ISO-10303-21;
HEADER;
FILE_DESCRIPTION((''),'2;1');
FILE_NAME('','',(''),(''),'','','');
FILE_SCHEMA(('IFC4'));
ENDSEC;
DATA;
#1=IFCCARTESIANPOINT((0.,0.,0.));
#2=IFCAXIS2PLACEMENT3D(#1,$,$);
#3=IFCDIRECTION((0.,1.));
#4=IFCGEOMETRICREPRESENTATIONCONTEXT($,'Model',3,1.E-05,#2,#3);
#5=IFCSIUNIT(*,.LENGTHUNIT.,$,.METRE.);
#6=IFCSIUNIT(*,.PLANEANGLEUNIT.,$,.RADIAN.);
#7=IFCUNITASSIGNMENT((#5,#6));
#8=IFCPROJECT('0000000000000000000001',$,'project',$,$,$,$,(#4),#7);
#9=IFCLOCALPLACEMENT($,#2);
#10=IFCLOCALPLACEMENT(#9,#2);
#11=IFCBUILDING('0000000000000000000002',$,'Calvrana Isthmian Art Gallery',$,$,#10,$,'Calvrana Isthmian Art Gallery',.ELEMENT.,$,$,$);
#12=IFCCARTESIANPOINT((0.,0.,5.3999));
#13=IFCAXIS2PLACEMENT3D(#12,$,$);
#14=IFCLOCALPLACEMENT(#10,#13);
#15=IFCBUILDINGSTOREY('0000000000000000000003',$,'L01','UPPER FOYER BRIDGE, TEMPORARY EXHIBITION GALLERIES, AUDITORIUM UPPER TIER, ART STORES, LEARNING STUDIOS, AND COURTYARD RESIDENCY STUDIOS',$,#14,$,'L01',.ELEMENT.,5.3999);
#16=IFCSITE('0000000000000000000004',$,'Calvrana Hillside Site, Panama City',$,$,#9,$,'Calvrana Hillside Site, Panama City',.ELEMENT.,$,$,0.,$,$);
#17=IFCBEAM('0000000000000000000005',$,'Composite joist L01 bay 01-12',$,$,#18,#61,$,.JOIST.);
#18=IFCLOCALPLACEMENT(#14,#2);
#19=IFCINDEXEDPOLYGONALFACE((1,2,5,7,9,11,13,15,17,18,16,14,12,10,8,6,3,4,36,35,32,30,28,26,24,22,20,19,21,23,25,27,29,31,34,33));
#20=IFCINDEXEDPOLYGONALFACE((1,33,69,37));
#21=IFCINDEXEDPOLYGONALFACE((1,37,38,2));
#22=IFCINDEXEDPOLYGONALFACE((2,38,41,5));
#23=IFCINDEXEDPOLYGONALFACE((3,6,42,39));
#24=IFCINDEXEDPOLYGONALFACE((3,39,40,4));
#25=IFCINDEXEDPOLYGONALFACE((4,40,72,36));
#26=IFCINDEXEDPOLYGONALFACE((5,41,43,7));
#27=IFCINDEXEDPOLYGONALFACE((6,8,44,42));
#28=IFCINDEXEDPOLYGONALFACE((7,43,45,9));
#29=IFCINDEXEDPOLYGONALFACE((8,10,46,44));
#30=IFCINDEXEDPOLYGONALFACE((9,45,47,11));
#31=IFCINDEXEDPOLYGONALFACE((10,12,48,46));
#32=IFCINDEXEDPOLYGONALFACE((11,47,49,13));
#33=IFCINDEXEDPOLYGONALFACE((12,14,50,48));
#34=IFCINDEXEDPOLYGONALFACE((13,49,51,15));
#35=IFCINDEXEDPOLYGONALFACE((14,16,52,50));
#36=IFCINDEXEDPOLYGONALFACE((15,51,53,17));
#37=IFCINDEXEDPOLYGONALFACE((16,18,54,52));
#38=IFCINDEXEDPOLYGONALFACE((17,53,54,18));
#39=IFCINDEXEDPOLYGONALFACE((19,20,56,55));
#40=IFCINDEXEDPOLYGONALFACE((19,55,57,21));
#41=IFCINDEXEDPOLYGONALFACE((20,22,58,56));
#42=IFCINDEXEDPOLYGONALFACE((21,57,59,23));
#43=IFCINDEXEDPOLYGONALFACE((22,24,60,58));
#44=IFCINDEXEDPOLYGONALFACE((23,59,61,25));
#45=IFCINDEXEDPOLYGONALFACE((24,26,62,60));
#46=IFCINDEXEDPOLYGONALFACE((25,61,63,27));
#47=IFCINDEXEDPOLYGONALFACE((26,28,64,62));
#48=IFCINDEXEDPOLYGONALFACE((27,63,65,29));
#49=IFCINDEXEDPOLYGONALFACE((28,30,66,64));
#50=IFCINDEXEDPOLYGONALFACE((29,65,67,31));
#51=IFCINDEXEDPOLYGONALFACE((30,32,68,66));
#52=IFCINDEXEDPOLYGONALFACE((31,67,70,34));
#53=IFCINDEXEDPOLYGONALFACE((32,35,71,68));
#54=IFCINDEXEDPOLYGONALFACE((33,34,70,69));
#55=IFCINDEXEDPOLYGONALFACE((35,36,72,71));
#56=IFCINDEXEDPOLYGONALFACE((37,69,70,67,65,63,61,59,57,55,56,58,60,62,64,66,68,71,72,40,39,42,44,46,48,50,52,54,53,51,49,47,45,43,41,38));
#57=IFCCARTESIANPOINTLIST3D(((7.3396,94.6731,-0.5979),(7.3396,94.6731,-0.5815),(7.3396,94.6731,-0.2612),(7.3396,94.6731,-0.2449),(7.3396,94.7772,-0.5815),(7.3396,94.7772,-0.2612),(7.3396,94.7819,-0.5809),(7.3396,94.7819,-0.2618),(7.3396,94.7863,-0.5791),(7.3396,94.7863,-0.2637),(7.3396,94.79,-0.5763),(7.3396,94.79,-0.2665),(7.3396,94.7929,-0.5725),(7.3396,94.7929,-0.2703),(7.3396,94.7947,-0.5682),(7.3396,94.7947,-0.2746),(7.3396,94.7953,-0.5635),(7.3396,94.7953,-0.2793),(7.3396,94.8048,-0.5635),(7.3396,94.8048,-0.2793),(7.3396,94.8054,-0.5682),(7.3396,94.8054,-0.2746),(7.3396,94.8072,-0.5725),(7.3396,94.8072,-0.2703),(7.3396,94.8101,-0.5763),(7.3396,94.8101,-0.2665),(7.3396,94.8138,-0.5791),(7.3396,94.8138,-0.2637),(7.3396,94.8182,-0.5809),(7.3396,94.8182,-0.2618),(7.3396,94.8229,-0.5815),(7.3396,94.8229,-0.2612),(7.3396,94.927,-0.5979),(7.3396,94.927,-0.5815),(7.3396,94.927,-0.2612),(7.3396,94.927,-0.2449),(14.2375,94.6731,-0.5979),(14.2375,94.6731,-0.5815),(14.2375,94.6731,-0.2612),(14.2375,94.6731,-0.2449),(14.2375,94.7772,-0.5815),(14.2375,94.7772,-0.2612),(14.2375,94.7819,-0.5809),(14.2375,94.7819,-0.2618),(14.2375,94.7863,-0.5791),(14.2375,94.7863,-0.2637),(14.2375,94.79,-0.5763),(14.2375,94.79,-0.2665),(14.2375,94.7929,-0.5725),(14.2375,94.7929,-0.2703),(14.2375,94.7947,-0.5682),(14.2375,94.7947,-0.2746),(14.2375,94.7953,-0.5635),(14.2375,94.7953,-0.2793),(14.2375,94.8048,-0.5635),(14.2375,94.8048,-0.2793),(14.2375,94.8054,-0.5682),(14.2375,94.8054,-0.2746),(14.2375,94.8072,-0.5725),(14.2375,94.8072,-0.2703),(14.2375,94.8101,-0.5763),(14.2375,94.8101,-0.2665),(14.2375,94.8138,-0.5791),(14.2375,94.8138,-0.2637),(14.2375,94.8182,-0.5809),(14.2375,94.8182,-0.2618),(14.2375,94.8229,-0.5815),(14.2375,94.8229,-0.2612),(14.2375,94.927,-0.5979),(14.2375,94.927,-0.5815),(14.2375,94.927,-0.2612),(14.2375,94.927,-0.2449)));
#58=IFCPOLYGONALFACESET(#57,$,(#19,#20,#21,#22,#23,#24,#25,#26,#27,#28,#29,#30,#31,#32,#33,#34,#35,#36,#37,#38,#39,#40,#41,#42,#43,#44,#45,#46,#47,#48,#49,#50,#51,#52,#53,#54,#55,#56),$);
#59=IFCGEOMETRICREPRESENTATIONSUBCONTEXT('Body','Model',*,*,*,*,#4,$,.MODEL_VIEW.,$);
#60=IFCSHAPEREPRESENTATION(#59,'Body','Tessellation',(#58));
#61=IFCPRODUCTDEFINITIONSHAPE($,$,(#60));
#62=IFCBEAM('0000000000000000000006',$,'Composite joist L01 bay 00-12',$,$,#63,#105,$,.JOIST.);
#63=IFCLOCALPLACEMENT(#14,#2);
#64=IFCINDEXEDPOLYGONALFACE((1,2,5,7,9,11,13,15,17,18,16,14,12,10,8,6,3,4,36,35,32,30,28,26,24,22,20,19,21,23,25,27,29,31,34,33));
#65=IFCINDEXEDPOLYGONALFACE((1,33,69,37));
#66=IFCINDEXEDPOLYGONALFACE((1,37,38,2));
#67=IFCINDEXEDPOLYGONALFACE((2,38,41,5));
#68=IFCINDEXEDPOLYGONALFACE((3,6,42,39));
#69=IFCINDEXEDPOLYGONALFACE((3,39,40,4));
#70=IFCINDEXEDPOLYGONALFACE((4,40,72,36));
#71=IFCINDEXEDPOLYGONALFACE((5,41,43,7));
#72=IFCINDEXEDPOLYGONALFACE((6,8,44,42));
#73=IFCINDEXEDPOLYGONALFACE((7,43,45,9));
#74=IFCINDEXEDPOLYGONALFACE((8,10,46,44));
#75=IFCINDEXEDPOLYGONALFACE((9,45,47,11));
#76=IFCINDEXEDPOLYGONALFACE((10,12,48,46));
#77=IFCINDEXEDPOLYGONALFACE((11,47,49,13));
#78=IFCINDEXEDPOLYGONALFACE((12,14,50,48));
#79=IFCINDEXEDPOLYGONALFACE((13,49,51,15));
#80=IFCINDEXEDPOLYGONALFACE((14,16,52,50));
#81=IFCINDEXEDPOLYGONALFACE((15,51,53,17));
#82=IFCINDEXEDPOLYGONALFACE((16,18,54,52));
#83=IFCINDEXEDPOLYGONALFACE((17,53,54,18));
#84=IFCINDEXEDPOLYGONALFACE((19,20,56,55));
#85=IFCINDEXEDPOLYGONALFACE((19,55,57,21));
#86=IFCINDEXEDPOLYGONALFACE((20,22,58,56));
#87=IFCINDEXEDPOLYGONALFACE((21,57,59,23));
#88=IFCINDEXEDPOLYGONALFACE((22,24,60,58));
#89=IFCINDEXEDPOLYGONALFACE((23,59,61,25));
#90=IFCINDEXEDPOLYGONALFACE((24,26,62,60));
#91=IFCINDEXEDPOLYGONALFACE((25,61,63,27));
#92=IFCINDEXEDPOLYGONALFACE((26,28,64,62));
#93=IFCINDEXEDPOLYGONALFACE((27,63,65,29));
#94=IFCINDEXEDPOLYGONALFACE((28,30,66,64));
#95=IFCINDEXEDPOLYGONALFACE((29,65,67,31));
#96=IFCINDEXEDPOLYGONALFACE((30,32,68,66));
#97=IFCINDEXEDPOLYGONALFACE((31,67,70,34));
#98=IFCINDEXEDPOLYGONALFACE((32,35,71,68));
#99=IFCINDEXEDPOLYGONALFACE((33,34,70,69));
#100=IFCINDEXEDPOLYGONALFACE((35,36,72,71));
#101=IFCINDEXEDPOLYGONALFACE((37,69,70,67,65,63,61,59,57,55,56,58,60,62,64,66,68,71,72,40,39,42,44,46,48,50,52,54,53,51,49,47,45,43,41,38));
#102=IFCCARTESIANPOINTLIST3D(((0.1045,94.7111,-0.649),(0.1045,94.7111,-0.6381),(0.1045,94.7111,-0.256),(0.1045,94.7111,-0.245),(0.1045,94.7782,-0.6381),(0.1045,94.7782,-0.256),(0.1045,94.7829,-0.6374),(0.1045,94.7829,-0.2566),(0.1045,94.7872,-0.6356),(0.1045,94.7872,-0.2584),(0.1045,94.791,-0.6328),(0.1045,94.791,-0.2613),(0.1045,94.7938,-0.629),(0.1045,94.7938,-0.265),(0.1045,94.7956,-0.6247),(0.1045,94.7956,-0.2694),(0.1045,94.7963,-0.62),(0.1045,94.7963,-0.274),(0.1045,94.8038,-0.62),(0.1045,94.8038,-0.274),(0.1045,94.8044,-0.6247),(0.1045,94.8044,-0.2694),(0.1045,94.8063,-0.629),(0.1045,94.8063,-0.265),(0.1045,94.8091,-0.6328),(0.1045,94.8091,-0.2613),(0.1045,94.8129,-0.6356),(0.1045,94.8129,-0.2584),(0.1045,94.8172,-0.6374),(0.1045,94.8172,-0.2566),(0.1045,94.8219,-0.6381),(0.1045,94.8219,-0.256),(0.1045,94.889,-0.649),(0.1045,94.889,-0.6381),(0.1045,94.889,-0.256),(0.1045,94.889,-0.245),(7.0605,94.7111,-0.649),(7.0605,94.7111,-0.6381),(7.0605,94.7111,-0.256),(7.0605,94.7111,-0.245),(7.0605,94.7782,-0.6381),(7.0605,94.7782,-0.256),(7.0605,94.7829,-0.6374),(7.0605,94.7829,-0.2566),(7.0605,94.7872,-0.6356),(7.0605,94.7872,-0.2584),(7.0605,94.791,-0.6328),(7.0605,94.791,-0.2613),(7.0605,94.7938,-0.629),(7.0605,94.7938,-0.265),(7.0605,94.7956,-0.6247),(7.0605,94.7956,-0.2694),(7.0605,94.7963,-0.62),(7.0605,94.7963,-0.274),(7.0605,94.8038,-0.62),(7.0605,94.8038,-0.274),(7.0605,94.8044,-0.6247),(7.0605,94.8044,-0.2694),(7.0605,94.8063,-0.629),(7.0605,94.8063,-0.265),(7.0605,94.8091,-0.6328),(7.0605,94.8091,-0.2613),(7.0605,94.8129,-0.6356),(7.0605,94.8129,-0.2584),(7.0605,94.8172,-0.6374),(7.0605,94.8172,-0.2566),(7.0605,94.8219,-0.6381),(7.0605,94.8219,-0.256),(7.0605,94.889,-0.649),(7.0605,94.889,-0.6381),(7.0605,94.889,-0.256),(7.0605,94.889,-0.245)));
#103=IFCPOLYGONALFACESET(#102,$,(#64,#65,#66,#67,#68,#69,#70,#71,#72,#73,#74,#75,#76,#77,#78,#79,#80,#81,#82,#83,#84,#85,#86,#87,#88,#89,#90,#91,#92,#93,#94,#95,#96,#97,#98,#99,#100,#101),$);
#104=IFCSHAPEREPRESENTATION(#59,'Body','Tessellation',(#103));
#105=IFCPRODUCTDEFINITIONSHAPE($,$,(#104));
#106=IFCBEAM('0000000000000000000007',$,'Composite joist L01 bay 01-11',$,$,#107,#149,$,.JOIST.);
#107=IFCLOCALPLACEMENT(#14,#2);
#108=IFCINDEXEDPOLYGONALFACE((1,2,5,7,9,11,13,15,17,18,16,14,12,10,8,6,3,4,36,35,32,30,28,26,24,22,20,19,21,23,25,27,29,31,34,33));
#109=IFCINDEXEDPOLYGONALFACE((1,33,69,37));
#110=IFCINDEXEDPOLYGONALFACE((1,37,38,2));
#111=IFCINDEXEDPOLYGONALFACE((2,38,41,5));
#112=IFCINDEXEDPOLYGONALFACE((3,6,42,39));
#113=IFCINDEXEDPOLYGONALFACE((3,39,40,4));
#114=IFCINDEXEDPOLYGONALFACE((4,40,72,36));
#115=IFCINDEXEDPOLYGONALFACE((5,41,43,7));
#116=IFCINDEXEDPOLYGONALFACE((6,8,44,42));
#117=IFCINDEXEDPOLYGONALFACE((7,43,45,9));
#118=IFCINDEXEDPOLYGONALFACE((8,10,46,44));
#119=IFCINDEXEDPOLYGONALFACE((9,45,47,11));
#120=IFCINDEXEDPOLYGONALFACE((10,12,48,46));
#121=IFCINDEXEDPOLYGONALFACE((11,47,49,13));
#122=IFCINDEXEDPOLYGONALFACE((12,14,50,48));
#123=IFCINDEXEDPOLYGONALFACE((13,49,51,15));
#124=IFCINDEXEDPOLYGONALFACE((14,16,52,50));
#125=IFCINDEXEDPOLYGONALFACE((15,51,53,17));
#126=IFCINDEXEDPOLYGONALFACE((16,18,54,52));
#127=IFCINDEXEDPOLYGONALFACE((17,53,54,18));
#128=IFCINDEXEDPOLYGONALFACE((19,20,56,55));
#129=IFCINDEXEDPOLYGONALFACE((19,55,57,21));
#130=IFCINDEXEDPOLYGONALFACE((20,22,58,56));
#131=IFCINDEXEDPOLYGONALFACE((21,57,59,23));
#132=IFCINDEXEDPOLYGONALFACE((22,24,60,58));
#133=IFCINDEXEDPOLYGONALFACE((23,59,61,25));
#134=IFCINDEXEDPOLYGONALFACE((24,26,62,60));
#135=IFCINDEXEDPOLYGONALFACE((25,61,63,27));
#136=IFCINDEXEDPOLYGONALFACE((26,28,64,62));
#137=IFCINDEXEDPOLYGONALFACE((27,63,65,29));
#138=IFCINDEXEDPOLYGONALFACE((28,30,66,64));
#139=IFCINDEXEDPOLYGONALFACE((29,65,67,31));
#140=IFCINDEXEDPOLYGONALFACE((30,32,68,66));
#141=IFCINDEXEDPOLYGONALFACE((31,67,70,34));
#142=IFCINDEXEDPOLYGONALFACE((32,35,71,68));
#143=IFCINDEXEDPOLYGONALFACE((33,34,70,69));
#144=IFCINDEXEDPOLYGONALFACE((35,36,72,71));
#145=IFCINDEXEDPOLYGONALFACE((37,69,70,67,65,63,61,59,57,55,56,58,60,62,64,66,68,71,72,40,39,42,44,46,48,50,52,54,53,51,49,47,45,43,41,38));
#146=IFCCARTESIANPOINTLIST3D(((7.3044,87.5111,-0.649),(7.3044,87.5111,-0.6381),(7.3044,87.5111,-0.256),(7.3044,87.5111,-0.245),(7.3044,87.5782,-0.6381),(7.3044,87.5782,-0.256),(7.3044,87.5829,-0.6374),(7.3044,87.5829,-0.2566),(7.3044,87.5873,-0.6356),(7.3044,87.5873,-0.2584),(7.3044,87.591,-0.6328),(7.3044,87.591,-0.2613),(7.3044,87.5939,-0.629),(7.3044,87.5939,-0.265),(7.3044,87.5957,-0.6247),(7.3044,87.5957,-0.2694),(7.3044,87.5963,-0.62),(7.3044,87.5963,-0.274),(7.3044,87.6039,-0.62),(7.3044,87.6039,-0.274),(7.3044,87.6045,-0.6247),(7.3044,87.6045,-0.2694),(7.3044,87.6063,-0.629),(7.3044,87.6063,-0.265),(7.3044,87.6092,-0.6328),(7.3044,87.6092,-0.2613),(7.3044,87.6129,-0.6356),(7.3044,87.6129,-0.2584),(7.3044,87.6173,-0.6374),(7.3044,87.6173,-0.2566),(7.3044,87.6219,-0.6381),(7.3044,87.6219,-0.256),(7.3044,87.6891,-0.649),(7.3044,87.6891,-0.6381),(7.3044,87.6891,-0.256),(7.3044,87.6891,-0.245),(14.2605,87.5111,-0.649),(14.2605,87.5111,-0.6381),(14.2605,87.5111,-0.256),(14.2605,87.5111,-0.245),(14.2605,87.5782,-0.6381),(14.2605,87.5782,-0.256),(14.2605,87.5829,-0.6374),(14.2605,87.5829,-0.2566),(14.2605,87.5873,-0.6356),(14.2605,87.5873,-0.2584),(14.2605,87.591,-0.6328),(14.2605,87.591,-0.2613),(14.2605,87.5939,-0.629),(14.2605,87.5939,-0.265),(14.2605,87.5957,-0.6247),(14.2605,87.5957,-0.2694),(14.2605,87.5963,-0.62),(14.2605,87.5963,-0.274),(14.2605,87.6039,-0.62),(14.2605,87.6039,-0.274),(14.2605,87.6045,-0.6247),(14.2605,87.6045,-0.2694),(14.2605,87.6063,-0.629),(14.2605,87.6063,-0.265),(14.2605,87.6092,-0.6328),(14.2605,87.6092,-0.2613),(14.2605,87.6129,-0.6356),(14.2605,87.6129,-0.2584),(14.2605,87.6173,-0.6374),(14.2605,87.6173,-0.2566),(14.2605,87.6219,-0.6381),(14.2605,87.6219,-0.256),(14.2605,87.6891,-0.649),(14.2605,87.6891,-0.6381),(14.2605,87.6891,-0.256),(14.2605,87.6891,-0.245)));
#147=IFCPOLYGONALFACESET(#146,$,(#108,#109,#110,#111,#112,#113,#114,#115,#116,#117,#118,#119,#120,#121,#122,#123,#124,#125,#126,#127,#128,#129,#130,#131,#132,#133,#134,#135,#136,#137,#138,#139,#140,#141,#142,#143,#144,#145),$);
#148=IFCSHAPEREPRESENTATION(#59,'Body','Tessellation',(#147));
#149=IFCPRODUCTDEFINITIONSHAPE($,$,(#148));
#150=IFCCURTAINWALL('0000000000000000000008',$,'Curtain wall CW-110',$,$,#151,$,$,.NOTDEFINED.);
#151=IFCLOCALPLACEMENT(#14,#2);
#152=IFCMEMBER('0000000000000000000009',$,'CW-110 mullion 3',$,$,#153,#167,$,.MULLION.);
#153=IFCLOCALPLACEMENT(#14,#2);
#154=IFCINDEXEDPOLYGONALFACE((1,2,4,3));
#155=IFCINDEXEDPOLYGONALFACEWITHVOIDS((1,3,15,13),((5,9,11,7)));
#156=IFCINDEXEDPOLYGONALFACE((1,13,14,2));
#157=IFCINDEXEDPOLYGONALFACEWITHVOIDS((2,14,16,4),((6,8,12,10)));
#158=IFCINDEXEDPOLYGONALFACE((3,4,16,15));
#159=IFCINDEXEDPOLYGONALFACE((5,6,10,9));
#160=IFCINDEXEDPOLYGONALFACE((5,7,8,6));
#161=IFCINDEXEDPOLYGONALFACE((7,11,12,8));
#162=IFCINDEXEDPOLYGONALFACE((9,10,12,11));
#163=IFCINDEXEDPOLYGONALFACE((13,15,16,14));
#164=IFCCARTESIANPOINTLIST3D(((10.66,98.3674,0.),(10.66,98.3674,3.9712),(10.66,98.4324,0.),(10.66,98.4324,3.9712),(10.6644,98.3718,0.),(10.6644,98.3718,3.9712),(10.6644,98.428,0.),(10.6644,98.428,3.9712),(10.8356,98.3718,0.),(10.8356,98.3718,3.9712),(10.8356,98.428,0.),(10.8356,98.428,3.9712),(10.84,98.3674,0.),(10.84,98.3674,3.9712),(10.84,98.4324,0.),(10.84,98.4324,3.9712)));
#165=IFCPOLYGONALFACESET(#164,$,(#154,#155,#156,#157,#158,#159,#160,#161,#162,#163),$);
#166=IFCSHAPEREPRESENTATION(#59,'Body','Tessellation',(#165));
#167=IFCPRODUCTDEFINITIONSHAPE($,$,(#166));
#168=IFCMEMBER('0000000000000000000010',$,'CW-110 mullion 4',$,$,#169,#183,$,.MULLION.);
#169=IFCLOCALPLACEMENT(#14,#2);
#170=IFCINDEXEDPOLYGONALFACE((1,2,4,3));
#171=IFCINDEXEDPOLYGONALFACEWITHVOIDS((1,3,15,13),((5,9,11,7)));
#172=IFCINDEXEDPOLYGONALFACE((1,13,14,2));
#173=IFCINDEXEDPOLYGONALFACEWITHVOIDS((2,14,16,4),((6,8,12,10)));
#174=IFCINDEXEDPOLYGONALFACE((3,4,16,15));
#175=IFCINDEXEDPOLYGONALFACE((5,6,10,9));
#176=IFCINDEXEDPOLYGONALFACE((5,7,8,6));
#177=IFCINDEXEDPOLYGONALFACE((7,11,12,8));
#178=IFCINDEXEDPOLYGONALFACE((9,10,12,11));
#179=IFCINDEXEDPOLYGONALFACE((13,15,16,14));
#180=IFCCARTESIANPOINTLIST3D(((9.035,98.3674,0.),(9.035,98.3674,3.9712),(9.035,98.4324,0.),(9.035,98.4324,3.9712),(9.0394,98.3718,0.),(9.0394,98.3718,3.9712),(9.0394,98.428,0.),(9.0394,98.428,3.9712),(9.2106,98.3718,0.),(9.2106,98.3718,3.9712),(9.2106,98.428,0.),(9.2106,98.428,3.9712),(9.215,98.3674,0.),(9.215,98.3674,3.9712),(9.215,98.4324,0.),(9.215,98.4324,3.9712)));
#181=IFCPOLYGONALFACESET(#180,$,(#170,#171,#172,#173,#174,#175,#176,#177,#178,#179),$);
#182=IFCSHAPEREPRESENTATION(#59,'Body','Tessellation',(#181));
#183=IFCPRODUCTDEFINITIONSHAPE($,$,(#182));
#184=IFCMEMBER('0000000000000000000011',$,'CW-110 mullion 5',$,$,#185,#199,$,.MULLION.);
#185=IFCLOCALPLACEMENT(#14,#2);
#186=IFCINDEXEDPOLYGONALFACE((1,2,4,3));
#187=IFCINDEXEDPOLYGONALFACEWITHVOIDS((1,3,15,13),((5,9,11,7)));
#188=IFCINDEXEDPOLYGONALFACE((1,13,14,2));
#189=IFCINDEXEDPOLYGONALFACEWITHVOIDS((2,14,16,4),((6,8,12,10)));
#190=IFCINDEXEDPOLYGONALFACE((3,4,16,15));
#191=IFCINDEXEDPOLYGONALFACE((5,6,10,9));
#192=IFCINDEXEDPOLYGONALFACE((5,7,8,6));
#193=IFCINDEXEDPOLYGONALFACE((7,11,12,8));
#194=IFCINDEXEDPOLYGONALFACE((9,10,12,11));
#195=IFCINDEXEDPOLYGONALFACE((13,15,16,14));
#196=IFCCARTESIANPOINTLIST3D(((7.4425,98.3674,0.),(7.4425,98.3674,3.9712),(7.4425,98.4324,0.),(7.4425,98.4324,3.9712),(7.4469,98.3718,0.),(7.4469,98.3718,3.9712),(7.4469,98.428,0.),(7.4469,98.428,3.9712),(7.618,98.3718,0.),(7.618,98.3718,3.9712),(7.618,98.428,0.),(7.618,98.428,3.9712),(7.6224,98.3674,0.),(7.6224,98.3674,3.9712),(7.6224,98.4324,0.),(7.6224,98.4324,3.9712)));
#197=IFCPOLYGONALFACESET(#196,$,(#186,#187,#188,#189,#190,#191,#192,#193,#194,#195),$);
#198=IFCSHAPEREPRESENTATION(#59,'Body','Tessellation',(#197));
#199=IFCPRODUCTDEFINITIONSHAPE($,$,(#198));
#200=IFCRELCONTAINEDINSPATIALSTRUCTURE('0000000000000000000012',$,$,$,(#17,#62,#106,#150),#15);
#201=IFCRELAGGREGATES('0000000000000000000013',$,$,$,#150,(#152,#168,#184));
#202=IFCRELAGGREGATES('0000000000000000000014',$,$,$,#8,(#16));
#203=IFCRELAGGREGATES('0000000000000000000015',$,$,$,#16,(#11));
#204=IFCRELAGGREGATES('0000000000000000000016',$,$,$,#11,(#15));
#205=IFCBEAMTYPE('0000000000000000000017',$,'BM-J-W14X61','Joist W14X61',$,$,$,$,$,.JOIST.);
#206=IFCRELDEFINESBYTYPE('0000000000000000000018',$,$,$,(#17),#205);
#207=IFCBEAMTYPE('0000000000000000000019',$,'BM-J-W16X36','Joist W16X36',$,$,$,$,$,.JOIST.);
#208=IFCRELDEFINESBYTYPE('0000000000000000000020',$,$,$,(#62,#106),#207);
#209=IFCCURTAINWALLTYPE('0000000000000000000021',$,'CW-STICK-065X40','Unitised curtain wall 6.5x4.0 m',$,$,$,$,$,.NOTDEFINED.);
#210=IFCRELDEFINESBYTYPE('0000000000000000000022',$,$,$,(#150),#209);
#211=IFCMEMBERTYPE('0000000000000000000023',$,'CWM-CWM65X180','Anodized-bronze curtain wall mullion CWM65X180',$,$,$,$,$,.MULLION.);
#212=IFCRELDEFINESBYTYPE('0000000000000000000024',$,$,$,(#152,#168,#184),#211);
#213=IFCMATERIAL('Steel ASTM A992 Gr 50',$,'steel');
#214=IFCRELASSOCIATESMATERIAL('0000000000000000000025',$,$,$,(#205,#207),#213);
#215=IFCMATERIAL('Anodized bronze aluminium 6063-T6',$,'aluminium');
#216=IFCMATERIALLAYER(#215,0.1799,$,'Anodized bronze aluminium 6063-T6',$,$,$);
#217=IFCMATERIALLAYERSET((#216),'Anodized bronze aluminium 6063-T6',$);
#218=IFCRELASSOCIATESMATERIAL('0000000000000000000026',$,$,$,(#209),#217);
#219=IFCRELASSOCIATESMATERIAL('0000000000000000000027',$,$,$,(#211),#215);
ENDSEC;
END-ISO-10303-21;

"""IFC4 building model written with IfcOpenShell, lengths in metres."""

from ifc_helpers import new_model, si_unit, direction, frame, origin, origin_2d, place, context, subcontext, project, spatial, hollow_rectangle, i_section, extrude, material, layer, layer_set, material_profile, profile_set, type_object, element, aggregate, save


model = new_model("IFC4")

# Units and contexts
model_context = context("Model", 3, precision=1e-05, world=origin(), true_north=direction((0.0, 1.0)))
body_context = subcontext(model_context, "Body", "Model", "MODEL_VIEW")
ifc_project = project(units=[si_unit("LENGTHUNIT", "METRE"), si_unit("PLANEANGLEUNIT", "RADIAN")], contexts=[model_context])

# Site, building, storey
site_placement = place(None, origin())
site = spatial("IfcSite", under=ifc_project, at=site_placement, Name="Calvrana Hillside Site, Panama City", LongName="Calvrana Hillside Site, Panama City", CompositionType="ELEMENT", RefElevation=0.0)
building_placement = place(site_placement, origin())
building = spatial("IfcBuilding", under=site, at=building_placement, Name="Calvrana Isthmian Art Gallery", LongName="Calvrana Isthmian Art Gallery", CompositionType="ELEMENT")
storey_placement = place(building_placement, frame((0.0, 0.0, 5.3999)))
storey = spatial("IfcBuildingStorey", under=building, at=storey_placement, Name="L01", Description="UPPER FOYER BRIDGE, TEMPORARY EXHIBITION GALLERIES, AUDITORIUM UPPER TIER, ART STORES, LEARNING STUDIOS, AND COURTYARD RESIDENCY STUDIOS", LongName="L01", CompositionType="ELEMENT", Elevation=5.3999)

# Beams
ifc_material_1 = material(Name="Steel ASTM A992 Gr 50", Category="steel")
ifc_material_profile_1 = material_profile(ifc_material_1, i_section(OverallWidth=0.2539, OverallDepth=0.353, WebThickness=0.0095, FlangeThickness=0.0164, FilletRadius=0.0181, at=origin_2d()), Name="W14X61")
ifc_profile_set_1 = profile_set([ifc_material_profile_1], Name="Steel ASTM A992 Gr 50")
beam_type_1 = type_object("IfcBeamType", Name="BM-J-W14X61", Description="Joist W14X61", PredefinedType="JOIST", material=ifc_profile_set_1)
beam_1_placement = place(storey_placement, frame((7.3396, 94.8, -0.4214), z_axis=(1.0, 0.0, 0.0), x_axis=(0.0, 1.0, 0.0)))
element("IfcBeam", 1, at=beam_1_placement, inside=storey, type_object=beam_type_1, Name="Composite joist L01 bay 01-12", PredefinedType="JOIST", context=body_context, shape_type="SweptSolid", body=[
    extrude(i_section(OverallWidth=0.2539, OverallDepth=0.353, WebThickness=0.0095, FlangeThickness=0.0164, FilletRadius=0.0181, at=origin_2d()), origin(), (0.0, 0.0, 1.0), 6.8979),
])
ifc_material_profile_2 = material_profile(ifc_material_1, i_section(OverallWidth=0.178, OverallDepth=0.4041, WebThickness=0.0076, FlangeThickness=0.011, FilletRadius=0.0181, at=origin_2d()), Name="W16X36")
ifc_profile_set_2 = profile_set([ifc_material_profile_2], Name="Steel ASTM A992 Gr 50")
beam_type_2 = type_object("IfcBeamType", Name="BM-J-W16X36", Description="Joist W16X36", PredefinedType="JOIST", material=ifc_profile_set_2)
for number, where, z_axis, x_axis, name in (
    (2, (0.1045, 94.8, -0.447), (1.0, 0.0, 0.0), (0.0, 1.0, 0.0), "Composite joist L01 bay 00-12"),
    (3, (7.3044, 87.6001, -0.447), (1.0, 0.0, 0.0), (0.0, 1.0, 0.0), "Composite joist L01 bay 01-11"),
):
    element("IfcBeam", number, at=place(storey_placement, frame(where, z_axis=z_axis, x_axis=x_axis)), inside=storey, type_object=beam_type_2, Name=name, PredefinedType="JOIST", context=body_context, shape_type="SweptSolid", body=[
        extrude(i_section(OverallWidth=0.178, OverallDepth=0.4041, WebThickness=0.0076, FlangeThickness=0.011, FilletRadius=0.0181, at=origin_2d()), origin(), (0.0, 0.0, 1.0), 6.9561),
    ])

# Curtain wall, members
ifc_material_2 = material(Name="Anodized bronze aluminium 6063-T6", Category="aluminium")
ifc_layer_1 = layer(ifc_material_2, 0.1799, Name="Anodized bronze aluminium 6063-T6")
ifc_layer_set_1 = layer_set([ifc_layer_1], Name="Anodized bronze aluminium 6063-T6")
curtain_wall_type = type_object("IfcCurtainWallType", Name="CW-STICK-065X40", Description="Unitised curtain wall 6.5x4.0 m", PredefinedType="NOTDEFINED", material=ifc_layer_set_1)
curtain_wall_placement = place(storey_placement, origin())
curtain_wall = element("IfcCurtainWall", 4, at=curtain_wall_placement, inside=storey, type_object=curtain_wall_type, Name="Curtain wall CW-110", PredefinedType="NOTDEFINED")
ifc_material_profile_3 = material_profile(ifc_material_2, hollow_rectangle(XDim=0.0649, YDim=0.1799, WallThickness=0.0044, at=origin_2d()), Name="CWM65X180")
ifc_profile_set_3 = profile_set([ifc_material_profile_3], Name="Anodized bronze aluminium 6063-T6")
member_type_1 = type_object("IfcMemberType", Name="CWM-CWM65X180", Description="Anodized-bronze curtain wall mullion CWM65X180", PredefinedType="MULLION", material=ifc_profile_set_3)
member_1_placement = place(storey_placement, frame((10.75, 98.3999, 0.0), z_axis=(0.0, 0.0, 1.0), x_axis=(0.0, -1.0, 0.0)))
member_1 = element("IfcMember", 5, at=member_1_placement, type_object=member_type_1, Name="CW-110 mullion 3", PredefinedType="MULLION", context=body_context, shape_type="SweptSolid", body=[
    extrude(hollow_rectangle(XDim=0.0649, YDim=0.1799, WallThickness=0.0044, at=origin_2d()), origin(), (0.0, 0.0, 1.0), 3.9712),
])
member_2_placement = place(storey_placement, frame((9.125, 98.3999, 0.0), z_axis=(0.0, 0.0, 1.0), x_axis=(0.0, -1.0, 0.0)))
member_2 = element("IfcMember", 6, at=member_2_placement, type_object=member_type_1, Name="CW-110 mullion 4", PredefinedType="MULLION", context=body_context, shape_type="SweptSolid", body=[
    extrude(hollow_rectangle(XDim=0.0649, YDim=0.1799, WallThickness=0.0044, at=origin_2d()), origin(), (0.0, 0.0, 1.0), 3.9712),
])
member_3_placement = place(storey_placement, frame((7.5325, 98.3999, 0.0), z_axis=(0.0, 0.0, 1.0), x_axis=(0.0, -1.0, 0.0)))
member_3 = element("IfcMember", 7, at=member_3_placement, type_object=member_type_1, Name="CW-110 mullion 5", PredefinedType="MULLION", context=body_context, shape_type="SweptSolid", body=[
    extrude(hollow_rectangle(XDim=0.0649, YDim=0.1799, WallThickness=0.0044, at=origin_2d()), origin(), (0.0, 0.0, 1.0), 3.9712),
])
aggregate(curtain_wall, [member_1, member_2, member_3])

save(model, "model.ifc")
